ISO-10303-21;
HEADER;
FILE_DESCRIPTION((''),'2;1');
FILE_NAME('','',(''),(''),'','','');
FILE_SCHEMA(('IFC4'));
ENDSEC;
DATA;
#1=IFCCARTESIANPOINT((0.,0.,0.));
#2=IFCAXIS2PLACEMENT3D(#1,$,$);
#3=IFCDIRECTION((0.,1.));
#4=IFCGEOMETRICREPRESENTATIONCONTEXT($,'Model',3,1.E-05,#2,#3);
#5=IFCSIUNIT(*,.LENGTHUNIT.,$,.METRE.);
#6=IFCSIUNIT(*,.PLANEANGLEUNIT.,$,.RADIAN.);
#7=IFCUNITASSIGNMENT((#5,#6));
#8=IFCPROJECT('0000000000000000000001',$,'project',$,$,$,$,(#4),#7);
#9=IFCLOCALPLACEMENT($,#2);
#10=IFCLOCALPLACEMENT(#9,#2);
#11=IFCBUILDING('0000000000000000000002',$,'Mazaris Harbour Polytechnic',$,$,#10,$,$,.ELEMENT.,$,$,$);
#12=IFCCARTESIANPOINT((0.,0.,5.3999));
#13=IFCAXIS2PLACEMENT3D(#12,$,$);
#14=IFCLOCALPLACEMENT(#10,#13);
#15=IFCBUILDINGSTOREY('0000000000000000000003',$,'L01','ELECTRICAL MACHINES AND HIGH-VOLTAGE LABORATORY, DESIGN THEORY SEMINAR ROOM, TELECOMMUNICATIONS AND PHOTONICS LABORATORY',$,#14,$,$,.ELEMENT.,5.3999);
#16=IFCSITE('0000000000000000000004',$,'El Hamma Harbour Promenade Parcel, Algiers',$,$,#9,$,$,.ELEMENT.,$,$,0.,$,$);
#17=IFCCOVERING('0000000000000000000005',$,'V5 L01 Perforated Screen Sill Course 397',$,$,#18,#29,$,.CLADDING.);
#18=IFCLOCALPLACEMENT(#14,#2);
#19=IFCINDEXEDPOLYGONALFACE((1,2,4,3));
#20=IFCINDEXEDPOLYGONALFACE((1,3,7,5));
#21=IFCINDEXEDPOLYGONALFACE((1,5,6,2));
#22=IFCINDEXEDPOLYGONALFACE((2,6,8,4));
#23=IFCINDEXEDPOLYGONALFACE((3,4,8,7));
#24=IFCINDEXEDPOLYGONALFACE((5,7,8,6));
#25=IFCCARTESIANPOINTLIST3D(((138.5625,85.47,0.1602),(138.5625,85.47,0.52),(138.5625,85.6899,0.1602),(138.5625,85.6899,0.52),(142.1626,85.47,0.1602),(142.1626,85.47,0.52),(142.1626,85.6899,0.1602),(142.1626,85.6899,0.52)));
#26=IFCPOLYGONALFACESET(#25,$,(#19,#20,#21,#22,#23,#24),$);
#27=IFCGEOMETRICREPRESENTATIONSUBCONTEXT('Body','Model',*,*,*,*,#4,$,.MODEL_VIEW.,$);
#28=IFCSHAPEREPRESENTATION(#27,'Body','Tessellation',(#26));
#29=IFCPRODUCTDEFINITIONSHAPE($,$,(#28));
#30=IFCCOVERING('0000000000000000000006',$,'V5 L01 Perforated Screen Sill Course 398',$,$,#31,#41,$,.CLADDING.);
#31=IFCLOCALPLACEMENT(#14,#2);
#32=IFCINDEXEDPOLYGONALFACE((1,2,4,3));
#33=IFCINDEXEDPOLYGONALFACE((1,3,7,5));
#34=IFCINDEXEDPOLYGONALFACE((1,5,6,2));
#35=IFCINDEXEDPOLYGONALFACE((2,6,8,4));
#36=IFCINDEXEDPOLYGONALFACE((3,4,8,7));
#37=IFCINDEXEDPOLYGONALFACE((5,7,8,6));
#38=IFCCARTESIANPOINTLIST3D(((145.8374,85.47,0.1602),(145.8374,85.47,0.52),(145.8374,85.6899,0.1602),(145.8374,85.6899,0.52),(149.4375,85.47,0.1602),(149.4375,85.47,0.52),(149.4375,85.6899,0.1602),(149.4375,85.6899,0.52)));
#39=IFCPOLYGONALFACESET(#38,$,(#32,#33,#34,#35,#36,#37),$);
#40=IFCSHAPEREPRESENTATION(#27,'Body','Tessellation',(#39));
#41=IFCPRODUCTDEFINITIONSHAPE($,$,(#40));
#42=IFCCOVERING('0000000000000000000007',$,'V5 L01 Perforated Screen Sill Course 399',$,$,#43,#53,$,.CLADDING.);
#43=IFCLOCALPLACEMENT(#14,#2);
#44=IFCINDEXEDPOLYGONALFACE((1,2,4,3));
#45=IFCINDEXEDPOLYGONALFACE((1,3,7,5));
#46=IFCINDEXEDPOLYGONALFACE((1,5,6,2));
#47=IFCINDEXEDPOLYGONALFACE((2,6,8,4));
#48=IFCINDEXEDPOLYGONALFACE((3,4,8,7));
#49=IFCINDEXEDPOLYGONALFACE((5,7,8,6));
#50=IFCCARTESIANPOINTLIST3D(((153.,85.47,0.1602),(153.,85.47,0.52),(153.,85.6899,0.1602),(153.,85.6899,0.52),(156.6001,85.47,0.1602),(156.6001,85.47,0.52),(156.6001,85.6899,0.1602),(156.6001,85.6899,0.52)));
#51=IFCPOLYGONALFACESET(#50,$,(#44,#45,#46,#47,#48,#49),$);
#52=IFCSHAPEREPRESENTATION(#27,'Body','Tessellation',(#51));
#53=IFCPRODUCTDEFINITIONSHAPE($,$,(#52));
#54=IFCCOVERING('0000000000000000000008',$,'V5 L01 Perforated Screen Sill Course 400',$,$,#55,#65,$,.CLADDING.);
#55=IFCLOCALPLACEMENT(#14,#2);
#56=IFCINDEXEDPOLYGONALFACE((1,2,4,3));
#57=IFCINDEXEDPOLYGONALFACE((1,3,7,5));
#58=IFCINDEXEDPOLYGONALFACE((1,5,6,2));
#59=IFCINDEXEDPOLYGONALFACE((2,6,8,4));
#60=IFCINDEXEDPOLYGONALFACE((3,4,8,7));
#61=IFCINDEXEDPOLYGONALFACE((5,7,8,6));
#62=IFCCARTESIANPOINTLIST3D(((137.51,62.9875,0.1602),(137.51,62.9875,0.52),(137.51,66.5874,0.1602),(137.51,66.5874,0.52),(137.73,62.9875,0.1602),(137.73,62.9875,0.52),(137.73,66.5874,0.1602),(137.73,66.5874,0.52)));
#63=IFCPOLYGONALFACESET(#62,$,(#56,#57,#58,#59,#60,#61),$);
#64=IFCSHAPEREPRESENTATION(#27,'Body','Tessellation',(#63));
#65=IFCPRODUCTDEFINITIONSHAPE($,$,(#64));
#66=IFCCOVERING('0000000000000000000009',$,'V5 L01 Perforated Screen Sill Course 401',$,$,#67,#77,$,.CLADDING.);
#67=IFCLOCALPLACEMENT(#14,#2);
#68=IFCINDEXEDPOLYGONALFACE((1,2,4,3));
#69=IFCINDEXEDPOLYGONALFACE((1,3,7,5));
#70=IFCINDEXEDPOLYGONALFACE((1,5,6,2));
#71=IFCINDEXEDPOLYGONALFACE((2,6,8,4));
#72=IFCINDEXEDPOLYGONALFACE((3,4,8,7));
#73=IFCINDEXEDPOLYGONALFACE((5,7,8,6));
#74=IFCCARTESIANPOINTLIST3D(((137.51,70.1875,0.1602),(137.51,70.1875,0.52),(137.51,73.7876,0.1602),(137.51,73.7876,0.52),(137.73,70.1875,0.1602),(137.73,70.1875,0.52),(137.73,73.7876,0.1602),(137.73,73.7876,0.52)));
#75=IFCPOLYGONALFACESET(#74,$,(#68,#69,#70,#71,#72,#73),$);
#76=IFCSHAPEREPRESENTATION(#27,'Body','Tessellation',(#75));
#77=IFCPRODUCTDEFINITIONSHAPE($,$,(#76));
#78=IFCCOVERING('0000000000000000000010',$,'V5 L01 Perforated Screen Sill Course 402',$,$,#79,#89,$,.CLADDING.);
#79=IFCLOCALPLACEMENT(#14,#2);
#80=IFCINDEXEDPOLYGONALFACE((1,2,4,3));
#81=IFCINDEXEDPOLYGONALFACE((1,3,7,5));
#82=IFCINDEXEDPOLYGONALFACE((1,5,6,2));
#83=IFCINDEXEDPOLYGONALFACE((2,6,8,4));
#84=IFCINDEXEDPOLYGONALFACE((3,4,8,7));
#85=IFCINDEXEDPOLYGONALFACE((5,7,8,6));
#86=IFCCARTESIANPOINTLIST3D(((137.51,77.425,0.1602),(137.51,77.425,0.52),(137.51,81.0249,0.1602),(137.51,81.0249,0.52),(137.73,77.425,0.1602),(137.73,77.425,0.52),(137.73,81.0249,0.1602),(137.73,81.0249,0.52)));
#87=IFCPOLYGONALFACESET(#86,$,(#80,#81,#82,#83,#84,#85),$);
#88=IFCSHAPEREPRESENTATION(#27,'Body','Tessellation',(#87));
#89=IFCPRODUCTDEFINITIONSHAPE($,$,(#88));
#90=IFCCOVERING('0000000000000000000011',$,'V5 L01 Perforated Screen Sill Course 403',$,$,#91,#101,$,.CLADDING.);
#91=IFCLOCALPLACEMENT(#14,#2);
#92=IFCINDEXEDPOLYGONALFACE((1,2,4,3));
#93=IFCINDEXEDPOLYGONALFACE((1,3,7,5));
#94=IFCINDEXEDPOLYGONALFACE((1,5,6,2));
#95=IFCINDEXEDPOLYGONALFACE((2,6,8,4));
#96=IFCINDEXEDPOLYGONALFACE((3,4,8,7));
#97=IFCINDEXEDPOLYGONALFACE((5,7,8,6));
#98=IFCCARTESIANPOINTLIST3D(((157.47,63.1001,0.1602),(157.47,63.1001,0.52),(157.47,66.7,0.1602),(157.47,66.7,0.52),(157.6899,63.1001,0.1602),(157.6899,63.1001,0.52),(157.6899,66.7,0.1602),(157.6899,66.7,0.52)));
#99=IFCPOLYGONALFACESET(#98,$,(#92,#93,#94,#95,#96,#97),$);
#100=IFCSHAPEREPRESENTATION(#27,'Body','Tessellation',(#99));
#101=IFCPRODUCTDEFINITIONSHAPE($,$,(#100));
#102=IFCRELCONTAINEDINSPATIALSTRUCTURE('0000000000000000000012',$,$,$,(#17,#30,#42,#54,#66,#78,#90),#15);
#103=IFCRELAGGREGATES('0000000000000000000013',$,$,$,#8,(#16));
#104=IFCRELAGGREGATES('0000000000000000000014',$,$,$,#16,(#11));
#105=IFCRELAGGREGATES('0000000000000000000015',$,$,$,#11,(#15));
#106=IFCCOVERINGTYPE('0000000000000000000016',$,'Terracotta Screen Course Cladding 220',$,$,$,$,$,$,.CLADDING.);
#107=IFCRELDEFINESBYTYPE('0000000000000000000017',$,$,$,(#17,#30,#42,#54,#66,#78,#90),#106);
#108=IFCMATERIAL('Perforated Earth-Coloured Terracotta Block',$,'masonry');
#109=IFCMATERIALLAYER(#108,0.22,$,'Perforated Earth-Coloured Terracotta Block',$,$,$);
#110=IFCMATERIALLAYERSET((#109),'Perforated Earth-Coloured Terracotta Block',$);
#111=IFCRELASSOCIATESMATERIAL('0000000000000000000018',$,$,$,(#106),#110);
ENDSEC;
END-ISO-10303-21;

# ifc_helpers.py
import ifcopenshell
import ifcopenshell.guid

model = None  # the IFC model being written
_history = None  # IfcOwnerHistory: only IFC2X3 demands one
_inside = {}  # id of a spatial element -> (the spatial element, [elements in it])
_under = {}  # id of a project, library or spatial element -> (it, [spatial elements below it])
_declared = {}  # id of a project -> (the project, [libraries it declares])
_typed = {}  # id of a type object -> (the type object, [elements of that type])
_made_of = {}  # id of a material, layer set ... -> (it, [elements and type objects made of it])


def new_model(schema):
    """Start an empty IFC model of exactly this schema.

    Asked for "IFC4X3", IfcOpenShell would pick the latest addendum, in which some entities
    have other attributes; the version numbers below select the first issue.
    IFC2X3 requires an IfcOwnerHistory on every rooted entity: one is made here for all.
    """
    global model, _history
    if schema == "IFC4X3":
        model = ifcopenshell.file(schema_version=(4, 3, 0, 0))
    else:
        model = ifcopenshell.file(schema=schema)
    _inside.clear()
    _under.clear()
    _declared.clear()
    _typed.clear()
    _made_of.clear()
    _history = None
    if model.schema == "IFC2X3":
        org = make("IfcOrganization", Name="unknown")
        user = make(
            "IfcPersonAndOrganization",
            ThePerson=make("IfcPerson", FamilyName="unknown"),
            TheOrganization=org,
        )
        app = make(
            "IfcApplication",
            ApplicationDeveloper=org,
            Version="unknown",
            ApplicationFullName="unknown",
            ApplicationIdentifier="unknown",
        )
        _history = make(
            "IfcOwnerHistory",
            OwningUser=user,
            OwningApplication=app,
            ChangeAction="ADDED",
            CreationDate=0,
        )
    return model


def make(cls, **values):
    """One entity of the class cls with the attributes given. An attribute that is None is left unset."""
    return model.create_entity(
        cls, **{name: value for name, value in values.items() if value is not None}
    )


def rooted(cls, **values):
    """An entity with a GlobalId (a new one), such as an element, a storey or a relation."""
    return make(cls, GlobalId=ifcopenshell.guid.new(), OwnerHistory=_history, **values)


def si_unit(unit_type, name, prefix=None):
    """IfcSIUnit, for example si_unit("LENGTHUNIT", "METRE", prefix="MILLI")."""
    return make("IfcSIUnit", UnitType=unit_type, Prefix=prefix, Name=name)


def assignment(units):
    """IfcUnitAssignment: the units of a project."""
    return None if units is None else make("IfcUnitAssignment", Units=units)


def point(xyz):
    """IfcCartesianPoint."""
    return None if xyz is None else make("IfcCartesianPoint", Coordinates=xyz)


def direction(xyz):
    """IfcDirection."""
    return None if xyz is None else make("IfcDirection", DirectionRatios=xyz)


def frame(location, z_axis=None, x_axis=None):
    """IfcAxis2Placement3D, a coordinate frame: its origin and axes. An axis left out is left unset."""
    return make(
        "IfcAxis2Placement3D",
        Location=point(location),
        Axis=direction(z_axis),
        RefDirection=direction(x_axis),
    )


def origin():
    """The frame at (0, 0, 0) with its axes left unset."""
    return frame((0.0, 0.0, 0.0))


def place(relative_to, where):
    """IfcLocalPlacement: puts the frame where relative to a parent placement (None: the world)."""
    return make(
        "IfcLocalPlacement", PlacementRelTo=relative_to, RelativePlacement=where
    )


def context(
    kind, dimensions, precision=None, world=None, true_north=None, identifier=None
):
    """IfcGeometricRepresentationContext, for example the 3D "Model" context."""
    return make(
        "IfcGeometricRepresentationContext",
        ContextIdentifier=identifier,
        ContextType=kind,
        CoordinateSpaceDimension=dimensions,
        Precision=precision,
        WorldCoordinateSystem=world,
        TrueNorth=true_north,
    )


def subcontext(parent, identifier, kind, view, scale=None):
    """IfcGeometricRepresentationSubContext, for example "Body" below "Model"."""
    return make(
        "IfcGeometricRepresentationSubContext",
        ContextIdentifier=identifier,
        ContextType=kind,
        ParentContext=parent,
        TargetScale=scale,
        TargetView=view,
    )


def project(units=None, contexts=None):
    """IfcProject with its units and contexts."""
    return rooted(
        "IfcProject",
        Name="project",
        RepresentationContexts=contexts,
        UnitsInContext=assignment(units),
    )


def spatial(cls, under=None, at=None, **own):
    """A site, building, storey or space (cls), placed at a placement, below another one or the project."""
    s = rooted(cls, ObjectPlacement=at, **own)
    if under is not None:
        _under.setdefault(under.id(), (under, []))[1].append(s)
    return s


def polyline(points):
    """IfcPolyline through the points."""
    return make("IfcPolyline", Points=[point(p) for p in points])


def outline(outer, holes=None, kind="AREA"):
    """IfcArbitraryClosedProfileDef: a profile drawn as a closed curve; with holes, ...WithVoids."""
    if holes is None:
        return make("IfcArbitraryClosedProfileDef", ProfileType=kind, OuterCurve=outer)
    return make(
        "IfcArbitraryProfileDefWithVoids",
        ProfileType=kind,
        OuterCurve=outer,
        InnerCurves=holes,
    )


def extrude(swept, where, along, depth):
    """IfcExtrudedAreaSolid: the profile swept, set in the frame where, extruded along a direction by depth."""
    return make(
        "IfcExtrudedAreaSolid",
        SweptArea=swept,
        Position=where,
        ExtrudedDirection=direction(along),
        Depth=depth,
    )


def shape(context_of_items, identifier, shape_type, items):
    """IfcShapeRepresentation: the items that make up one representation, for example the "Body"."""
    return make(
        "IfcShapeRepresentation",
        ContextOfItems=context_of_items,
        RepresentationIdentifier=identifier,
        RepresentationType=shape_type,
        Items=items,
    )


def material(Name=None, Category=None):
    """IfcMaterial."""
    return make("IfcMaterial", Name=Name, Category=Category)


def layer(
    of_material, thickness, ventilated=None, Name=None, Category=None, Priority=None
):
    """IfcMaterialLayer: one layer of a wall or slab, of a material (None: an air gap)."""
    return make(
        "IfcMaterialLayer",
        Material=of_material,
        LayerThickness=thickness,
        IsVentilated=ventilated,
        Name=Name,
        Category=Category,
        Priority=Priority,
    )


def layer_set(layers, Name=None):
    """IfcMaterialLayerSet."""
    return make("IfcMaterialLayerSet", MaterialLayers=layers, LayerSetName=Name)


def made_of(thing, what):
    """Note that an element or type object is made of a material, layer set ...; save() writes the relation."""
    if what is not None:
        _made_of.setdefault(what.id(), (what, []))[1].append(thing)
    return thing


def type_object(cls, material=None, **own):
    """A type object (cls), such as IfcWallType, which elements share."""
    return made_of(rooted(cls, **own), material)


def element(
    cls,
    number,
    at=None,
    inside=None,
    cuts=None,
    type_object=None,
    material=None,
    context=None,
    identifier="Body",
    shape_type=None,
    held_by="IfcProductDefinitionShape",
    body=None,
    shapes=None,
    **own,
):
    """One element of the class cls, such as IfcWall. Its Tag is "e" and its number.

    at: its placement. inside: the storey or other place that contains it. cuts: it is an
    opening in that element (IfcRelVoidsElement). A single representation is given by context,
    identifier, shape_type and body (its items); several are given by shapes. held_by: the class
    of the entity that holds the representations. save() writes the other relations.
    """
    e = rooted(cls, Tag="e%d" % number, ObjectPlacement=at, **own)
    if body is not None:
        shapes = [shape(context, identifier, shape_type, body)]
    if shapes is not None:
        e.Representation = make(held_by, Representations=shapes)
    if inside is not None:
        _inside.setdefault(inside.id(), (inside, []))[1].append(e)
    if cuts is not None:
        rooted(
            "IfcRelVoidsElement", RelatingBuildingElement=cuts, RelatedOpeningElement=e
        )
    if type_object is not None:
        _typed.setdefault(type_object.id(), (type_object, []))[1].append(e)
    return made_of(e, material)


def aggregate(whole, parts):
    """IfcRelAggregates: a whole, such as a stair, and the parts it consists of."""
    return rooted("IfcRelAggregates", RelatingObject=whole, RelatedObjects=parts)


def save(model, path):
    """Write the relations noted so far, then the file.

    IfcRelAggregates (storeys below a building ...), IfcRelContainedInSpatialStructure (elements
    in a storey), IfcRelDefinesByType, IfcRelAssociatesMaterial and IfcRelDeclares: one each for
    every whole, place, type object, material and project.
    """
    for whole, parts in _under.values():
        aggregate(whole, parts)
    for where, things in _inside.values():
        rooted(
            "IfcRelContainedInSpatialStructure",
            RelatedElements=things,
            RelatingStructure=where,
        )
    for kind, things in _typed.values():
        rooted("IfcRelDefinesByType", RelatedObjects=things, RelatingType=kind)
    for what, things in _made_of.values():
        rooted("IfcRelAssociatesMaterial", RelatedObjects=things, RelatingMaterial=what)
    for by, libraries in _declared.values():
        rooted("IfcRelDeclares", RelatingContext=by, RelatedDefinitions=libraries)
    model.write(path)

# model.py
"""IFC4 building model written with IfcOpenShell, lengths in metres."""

from ifc_helpers import new_model, si_unit, direction, frame, origin, place, context, subcontext, project, spatial, polyline, outline, extrude, material, layer, layer_set, type_object, element, save


model = new_model("IFC4")

# Units and contexts
model_context = context("Model", 3, precision=1e-05, world=origin(), true_north=direction((0.0, 1.0)))
body_context = subcontext(model_context, "Body", "Model", "MODEL_VIEW")
ifc_project = project(units=[si_unit("LENGTHUNIT", "METRE"), si_unit("PLANEANGLEUNIT", "RADIAN")], contexts=[model_context])

# Site, building, storey
site_placement = place(None, origin())
site = spatial("IfcSite", under=ifc_project, at=site_placement, Name="El Hamma Harbour Promenade Parcel, Algiers", CompositionType="ELEMENT", RefElevation=0.0)
building_placement = place(site_placement, origin())
building = spatial("IfcBuilding", under=site, at=building_placement, Name="Mazaris Harbour Polytechnic", CompositionType="ELEMENT")
storey_placement = place(building_placement, frame((0.0, 0.0, 5.3999)))
storey = spatial("IfcBuildingStorey", under=building, at=storey_placement, Name="L01", Description="ELECTRICAL MACHINES AND HIGH-VOLTAGE LABORATORY, DESIGN THEORY SEMINAR ROOM, TELECOMMUNICATIONS AND PHOTONICS LABORATORY", CompositionType="ELEMENT", Elevation=5.3999)

# Coverings
ifc_material = material(Name="Perforated Earth-Coloured Terracotta Block", Category="masonry")
ifc_layer = layer(ifc_material, 0.22, Name="Perforated Earth-Coloured Terracotta Block")
ifc_layer_set = layer_set([ifc_layer], Name="Perforated Earth-Coloured Terracotta Block")
covering_type = type_object("IfcCoveringType", Name="Terracotta Screen Course Cladding 220", PredefinedType="CLADDING", material=ifc_layer_set)
covering_1_placement = place(storey_placement, frame((0.0, 0.0, 0.1602)))
element("IfcCovering", 1, at=covering_1_placement, inside=storey, type_object=covering_type, Name="V5 L01 Perforated Screen Sill Course 397", PredefinedType="CLADDING", context=body_context, shape_type="SweptSolid", body=[
    extrude(outline(polyline([(142.1626, 85.6899), (138.5625, 85.6899), (138.5625, 85.47), (142.1626, 85.47), (142.1626, 85.6899)])), origin(), (0.0, 0.0, 1.0), 0.3599),
])
covering_2_placement = place(storey_placement, frame((0.0, 0.0, 0.1602)))
element("IfcCovering", 2, at=covering_2_placement, inside=storey, type_object=covering_type, Name="V5 L01 Perforated Screen Sill Course 398", PredefinedType="CLADDING", context=body_context, shape_type="SweptSolid", body=[
    extrude(outline(polyline([(149.4375, 85.6899), (145.8374, 85.6899), (145.8374, 85.47), (149.4375, 85.47), (149.4375, 85.6899)])), origin(), (0.0, 0.0, 1.0), 0.3599),
])
covering_3_placement = place(storey_placement, frame((0.0, 0.0, 0.1602)))
element("IfcCovering", 3, at=covering_3_placement, inside=storey, type_object=covering_type, Name="V5 L01 Perforated Screen Sill Course 399", PredefinedType="CLADDING", context=body_context, shape_type="SweptSolid", body=[
    extrude(outline(polyline([(156.6001, 85.6899), (153.0, 85.6899), (153.0, 85.47), (156.6001, 85.47), (156.6001, 85.6899)])), origin(), (0.0, 0.0, 1.0), 0.3599),
])
covering_4_placement = place(storey_placement, frame((0.0, 0.0, 0.1602)))
element("IfcCovering", 4, at=covering_4_placement, inside=storey, type_object=covering_type, Name="V5 L01 Perforated Screen Sill Course 400", PredefinedType="CLADDING", context=body_context, shape_type="SweptSolid", body=[
    extrude(outline(polyline([(137.51, 62.9875), (137.51, 66.5874), (137.73, 66.5874), (137.73, 62.9875), (137.51, 62.9875)])), origin(), (0.0, 0.0, 1.0), 0.3599),
])
covering_5_placement = place(storey_placement, frame((0.0, 0.0, 0.1602)))
element("IfcCovering", 5, at=covering_5_placement, inside=storey, type_object=covering_type, Name="V5 L01 Perforated Screen Sill Course 401", PredefinedType="CLADDING", context=body_context, shape_type="SweptSolid", body=[
    extrude(outline(polyline([(137.51, 70.1875), (137.51, 73.7876), (137.73, 73.7876), (137.73, 70.1875), (137.51, 70.1875)])), origin(), (0.0, 0.0, 1.0), 0.3599),
])
covering_6_placement = place(storey_placement, frame((0.0, 0.0, 0.1602)))
element("IfcCovering", 6, at=covering_6_placement, inside=storey, type_object=covering_type, Name="V5 L01 Perforated Screen Sill Course 402", PredefinedType="CLADDING", context=body_context, shape_type="SweptSolid", body=[
    extrude(outline(polyline([(137.51, 77.425), (137.51, 81.0249), (137.73, 81.0249), (137.73, 77.425), (137.51, 77.425)])), origin(), (0.0, 0.0, 1.0), 0.3599),
])
covering_7_placement = place(storey_placement, frame((0.0, 0.0, 0.1602)))
element("IfcCovering", 7, at=covering_7_placement, inside=storey, type_object=covering_type, Name="V5 L01 Perforated Screen Sill Course 403", PredefinedType="CLADDING", context=body_context, shape_type="SweptSolid", body=[
    extrude(outline(polyline([(157.6899, 66.7), (157.6899, 63.1001), (157.47, 63.1001), (157.47, 66.7), (157.6899, 66.7)])), origin(), (0.0, 0.0, 1.0), 0.3599),
])

save(model, "model.ifc")
